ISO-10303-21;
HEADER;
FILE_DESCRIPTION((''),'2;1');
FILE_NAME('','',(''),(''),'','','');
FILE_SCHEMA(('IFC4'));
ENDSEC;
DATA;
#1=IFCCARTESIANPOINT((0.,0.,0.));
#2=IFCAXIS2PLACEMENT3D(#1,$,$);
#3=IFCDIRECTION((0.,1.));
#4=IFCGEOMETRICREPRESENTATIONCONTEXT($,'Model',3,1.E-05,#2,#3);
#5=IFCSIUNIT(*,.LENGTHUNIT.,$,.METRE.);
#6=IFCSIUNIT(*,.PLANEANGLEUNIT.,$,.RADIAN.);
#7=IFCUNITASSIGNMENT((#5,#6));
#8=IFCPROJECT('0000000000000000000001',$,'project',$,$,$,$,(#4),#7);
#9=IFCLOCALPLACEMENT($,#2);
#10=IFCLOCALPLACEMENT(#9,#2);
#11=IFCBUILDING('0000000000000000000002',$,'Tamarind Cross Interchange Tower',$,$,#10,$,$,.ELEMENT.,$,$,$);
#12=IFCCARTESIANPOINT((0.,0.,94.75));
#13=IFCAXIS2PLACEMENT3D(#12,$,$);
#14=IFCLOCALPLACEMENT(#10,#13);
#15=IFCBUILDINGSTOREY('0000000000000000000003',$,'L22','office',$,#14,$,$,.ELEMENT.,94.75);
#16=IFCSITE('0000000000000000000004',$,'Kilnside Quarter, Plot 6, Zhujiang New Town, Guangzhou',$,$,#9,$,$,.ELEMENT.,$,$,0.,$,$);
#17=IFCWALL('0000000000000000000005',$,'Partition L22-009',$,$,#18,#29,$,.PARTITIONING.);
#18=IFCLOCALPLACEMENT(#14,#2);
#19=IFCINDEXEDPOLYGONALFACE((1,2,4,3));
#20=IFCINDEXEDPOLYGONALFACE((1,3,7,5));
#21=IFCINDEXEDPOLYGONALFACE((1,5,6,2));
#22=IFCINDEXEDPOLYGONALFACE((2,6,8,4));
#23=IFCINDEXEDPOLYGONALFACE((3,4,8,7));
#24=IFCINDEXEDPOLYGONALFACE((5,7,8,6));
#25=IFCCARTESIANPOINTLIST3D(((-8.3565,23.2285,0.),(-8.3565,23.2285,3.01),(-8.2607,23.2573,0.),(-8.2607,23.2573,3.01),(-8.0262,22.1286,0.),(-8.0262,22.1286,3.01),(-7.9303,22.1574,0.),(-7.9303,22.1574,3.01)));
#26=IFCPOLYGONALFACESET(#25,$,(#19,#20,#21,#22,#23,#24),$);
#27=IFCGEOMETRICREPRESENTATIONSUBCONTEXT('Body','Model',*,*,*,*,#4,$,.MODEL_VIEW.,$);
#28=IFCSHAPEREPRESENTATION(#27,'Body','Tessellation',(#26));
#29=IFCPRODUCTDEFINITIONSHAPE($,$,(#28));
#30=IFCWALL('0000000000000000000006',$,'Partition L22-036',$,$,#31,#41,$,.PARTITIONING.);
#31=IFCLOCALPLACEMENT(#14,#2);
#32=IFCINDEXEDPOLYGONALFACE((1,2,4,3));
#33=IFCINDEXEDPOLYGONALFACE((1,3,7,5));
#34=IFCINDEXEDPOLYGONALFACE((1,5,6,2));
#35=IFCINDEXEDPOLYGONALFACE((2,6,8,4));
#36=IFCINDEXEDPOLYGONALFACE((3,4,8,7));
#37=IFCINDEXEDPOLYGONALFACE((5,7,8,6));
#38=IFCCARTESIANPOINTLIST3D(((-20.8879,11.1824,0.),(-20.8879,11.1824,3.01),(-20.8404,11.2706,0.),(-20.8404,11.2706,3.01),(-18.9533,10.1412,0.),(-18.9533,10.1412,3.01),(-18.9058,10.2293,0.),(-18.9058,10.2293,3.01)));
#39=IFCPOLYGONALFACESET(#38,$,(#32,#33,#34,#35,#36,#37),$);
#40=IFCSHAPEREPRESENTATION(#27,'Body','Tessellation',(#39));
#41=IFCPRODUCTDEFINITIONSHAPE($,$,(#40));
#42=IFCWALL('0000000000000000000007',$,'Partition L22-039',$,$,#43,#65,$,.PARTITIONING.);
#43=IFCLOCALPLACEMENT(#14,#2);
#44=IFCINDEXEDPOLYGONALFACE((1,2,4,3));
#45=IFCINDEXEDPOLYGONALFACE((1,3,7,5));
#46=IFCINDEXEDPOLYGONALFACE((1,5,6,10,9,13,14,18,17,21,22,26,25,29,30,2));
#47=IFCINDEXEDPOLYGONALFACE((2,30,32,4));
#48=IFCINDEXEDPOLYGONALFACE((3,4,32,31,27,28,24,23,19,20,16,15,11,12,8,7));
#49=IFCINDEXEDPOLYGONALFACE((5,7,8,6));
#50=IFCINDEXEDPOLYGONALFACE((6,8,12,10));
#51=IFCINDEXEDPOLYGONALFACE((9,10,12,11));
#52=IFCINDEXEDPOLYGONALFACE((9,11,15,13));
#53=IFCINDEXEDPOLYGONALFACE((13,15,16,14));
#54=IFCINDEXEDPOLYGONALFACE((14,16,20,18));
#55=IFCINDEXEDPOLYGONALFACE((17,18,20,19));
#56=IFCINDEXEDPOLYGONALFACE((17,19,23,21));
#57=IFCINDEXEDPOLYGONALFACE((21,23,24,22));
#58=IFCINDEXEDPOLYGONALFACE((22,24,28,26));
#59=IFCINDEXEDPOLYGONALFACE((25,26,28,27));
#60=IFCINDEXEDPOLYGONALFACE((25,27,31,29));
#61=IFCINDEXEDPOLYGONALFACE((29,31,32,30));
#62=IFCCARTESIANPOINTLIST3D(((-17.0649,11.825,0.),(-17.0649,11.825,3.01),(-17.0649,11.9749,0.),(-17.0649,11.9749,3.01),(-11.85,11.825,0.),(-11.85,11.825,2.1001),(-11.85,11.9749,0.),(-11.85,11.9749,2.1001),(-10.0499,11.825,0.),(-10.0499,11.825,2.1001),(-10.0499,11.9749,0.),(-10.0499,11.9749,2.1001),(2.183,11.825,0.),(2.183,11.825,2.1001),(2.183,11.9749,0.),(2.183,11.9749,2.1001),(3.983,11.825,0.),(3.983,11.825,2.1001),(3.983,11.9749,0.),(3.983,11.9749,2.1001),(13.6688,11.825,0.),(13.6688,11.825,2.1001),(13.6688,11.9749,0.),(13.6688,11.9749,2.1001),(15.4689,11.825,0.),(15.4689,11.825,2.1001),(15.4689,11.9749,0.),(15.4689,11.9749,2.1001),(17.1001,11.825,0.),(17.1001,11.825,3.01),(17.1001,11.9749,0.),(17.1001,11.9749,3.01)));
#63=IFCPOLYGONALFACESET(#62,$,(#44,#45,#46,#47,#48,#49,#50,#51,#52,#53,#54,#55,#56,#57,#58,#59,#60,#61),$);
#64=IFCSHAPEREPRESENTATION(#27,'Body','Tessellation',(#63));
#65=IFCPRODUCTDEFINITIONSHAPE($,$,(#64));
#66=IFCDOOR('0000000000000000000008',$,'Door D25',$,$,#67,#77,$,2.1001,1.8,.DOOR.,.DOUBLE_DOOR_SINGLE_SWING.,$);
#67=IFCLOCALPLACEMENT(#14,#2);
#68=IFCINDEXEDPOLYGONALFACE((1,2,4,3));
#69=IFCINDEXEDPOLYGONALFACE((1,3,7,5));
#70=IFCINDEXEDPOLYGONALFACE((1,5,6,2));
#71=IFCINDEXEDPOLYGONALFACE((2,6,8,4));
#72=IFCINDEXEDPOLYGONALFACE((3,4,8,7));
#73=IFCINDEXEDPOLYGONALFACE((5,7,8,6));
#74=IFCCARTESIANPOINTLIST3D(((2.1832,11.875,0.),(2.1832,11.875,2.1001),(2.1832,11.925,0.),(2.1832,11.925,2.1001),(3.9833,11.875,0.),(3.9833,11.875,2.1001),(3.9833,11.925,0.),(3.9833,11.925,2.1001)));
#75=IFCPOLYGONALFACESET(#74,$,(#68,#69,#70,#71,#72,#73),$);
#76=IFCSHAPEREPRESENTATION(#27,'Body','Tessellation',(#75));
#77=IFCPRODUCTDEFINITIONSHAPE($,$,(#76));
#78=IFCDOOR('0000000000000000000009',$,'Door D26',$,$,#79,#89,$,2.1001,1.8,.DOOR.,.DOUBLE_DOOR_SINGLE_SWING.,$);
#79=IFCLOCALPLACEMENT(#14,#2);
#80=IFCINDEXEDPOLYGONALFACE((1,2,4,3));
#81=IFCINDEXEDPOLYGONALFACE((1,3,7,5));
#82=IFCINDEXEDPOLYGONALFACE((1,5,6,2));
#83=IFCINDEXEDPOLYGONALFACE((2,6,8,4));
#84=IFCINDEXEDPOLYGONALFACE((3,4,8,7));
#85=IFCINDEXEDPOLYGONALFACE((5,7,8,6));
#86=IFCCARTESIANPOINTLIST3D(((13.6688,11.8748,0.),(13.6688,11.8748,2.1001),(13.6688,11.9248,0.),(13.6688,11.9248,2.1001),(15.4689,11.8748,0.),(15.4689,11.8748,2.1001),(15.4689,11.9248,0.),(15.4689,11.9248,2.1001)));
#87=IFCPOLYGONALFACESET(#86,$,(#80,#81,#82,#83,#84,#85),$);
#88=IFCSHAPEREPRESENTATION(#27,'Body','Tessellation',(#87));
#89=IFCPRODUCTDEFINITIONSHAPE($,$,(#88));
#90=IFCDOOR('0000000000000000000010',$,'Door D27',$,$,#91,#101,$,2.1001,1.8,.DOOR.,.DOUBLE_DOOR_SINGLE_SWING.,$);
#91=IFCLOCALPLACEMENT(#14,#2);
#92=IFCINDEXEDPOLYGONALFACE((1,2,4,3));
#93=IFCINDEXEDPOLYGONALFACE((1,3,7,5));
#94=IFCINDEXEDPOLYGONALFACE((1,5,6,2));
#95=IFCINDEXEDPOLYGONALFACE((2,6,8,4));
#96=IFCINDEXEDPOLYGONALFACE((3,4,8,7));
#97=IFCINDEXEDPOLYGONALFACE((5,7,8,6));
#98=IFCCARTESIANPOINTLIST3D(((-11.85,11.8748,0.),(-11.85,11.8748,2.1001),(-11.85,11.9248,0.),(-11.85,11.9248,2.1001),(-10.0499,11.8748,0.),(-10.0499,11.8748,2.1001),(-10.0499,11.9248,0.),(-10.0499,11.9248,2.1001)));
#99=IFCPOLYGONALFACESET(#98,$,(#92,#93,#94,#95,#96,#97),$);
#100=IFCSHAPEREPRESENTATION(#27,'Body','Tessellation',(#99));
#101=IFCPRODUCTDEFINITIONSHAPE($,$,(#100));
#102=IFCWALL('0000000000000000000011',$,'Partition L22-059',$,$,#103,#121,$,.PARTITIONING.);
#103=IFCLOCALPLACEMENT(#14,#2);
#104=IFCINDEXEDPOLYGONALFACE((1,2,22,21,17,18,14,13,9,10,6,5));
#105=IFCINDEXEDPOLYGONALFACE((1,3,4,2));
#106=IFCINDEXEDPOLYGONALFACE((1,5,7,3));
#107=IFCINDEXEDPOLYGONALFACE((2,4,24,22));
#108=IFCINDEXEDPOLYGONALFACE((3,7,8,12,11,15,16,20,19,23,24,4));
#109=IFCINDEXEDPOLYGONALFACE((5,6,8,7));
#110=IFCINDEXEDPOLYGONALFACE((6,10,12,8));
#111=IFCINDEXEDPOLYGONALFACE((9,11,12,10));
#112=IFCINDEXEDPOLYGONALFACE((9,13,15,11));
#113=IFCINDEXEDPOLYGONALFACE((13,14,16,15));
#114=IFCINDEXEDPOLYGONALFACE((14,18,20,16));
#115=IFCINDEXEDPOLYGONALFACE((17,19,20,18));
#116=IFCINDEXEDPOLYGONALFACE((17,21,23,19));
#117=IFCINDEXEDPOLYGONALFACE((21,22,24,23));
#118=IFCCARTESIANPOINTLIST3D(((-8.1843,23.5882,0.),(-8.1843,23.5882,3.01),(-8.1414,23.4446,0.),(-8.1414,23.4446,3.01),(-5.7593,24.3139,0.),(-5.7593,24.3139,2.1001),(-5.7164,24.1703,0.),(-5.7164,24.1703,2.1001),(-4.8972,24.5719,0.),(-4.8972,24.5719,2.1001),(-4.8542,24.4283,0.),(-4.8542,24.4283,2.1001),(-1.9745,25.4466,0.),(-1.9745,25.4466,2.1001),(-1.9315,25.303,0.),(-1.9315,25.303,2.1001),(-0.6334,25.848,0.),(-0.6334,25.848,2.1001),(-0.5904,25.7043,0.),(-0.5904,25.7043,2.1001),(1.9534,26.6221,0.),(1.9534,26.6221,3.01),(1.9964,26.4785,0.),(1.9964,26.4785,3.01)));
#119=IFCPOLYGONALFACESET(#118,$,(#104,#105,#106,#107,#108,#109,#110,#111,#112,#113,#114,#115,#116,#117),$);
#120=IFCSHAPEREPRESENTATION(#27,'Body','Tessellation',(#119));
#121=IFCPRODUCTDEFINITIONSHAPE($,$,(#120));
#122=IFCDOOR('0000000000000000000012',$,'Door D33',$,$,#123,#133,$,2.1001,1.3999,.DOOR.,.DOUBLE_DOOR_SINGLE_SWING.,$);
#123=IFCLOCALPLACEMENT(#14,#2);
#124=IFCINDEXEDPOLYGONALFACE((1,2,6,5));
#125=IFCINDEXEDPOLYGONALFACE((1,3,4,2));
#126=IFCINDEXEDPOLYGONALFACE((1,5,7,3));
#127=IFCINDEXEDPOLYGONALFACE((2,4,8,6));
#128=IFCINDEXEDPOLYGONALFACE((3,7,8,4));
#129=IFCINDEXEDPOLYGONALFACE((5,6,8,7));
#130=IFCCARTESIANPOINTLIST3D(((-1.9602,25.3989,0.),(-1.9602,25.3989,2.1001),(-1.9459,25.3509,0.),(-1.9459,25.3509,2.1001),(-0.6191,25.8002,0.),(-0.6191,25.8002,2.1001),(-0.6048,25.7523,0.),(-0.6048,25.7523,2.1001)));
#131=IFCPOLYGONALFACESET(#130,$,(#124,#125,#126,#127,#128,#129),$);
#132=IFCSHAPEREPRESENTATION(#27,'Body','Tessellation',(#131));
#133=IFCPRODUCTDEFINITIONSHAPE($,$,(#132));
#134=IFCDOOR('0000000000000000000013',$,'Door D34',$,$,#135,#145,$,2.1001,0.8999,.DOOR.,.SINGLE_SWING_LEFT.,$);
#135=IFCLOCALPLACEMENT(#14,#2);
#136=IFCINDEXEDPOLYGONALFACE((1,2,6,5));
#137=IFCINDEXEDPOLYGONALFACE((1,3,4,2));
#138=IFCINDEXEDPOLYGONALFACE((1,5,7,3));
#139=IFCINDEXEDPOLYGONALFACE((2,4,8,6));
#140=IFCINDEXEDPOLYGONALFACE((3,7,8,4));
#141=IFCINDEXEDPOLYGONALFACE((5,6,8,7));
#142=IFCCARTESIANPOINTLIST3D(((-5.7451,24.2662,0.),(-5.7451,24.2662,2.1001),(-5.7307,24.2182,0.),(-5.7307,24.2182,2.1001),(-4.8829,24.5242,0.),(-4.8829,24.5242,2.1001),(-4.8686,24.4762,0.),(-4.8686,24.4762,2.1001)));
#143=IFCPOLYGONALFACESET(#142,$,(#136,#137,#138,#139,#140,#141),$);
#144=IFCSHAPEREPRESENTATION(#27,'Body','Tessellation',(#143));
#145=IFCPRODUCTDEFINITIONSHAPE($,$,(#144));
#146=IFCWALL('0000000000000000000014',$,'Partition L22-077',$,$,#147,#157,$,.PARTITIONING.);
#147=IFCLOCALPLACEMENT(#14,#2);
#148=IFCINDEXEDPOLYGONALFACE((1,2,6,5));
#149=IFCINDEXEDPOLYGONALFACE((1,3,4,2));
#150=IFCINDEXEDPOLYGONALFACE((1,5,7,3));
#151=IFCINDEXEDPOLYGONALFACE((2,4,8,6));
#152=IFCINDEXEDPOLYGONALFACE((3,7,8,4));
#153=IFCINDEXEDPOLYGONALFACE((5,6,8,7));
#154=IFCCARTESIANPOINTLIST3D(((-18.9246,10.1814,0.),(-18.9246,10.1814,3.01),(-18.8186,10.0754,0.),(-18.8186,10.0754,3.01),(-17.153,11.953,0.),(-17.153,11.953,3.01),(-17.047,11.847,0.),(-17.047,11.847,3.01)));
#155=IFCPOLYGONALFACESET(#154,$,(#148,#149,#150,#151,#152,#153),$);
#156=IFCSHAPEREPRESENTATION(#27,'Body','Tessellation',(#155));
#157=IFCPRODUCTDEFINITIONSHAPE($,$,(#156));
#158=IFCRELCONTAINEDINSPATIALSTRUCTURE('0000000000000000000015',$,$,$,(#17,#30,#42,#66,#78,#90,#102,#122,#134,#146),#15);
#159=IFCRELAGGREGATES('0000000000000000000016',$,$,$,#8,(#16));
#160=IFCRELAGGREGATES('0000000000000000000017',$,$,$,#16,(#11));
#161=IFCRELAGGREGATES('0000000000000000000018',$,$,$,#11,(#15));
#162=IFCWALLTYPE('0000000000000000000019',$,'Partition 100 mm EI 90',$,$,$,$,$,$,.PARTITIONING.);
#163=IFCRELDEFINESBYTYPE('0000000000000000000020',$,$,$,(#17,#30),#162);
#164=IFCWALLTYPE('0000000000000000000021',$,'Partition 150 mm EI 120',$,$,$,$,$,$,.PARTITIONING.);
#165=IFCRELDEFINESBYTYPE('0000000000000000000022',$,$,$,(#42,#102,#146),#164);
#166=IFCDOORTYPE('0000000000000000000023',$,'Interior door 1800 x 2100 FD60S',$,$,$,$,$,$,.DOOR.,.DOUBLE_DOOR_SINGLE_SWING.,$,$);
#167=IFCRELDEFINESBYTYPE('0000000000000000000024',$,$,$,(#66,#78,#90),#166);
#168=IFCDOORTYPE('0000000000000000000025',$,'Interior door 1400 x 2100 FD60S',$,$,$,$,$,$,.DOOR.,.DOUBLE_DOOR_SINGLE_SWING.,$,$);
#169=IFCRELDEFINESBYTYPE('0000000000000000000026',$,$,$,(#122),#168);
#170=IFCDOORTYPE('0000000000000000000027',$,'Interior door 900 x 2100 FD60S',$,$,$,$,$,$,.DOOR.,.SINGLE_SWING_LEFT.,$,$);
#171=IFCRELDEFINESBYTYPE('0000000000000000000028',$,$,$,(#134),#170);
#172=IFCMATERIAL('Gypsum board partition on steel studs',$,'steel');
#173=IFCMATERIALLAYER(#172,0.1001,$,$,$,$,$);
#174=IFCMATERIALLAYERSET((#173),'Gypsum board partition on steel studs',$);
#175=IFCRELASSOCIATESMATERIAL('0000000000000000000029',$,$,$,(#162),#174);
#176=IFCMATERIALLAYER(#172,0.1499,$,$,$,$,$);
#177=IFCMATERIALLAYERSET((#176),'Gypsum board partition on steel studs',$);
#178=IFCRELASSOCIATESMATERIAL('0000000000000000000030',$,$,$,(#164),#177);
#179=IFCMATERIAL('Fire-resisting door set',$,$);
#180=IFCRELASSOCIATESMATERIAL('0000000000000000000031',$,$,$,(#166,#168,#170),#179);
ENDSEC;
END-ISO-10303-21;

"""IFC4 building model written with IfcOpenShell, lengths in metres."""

from ifc_helpers import new_model, si_unit, direction, frame, frame_2d, origin, place, context, subcontext, project, spatial, rectangle, extrude, material, layer, layer_set, type_object, element, fill, save


model = new_model("IFC4")

# Units and contexts
model_context = context("Model", 3, precision=1e-05, world=origin(), true_north=direction((0.0, 1.0)))
body_context = subcontext(model_context, "Body", "Model", "MODEL_VIEW")
ifc_project = project(units=[si_unit("LENGTHUNIT", "METRE"), si_unit("PLANEANGLEUNIT", "RADIAN")], contexts=[model_context])

# Site, building, storey
site_placement = place(None, origin())
site = spatial("IfcSite", under=ifc_project, at=site_placement, Name="Kilnside Quarter, Plot 6, Zhujiang New Town, Guangzhou", CompositionType="ELEMENT", RefElevation=0.0)
building_placement = place(site_placement, origin())
building = spatial("IfcBuilding", under=site, at=building_placement, Name="Tamarind Cross Interchange Tower", CompositionType="ELEMENT")
storey_placement = place(building_placement, frame((0.0, 0.0, 94.75)))
storey = spatial("IfcBuildingStorey", under=building, at=storey_placement, Name="L22", Description="office", CompositionType="ELEMENT", Elevation=94.75)

# Walls
ifc_material_1 = material(Name="Gypsum board partition on steel studs", Category="steel")
ifc_layer_1 = layer(ifc_material_1, 0.1001)
ifc_layer_set_1 = layer_set([ifc_layer_1], Name="Gypsum board partition on steel studs")
wall_type_1 = type_object("IfcWallType", Name="Partition 100 mm EI 90", PredefinedType="PARTITIONING", material=ifc_layer_set_1)
wall_1_placement = place(storey_placement, frame((-8.3086, 23.2429, 0.0), z_axis=(0.0, 0.0, 1.0), x_axis=(0.28764, -0.957738, 0.0)))
element("IfcWall", 1, at=wall_1_placement, inside=storey, type_object=wall_type_1, Name="Partition L22-009", PredefinedType="PARTITIONING", context=body_context, shape_type="SweptSolid", body=[
    extrude(rectangle(XDim=1.1484, YDim=0.1001, at=frame_2d((0.5742, 0.0))), origin(), (0.0, 0.0, 1.0), 3.01),
])
wall_2_placement = place(storey_placement, frame((-20.8643, 11.2266, 0.0), z_axis=(0.0, 0.0, 1.0), x_axis=(0.880553, -0.473947, 0.0)))
element("IfcWall", 2, at=wall_2_placement, inside=storey, type_object=wall_type_1, Name="Partition L22-036", PredefinedType="PARTITIONING", context=body_context, shape_type="SweptSolid", body=[
    extrude(rectangle(XDim=2.197, YDim=0.1001, at=frame_2d((1.0986, 0.0))), origin(), (0.0, 0.0, 1.0), 3.01),
])

# Walls, openings, doors
ifc_layer_2 = layer(ifc_material_1, 0.1499)
ifc_layer_set_2 = layer_set([ifc_layer_2], Name="Gypsum board partition on steel studs")
wall_type_2 = type_object("IfcWallType", Name="Partition 150 mm EI 120", PredefinedType="PARTITIONING", material=ifc_layer_set_2)
wall_3_placement = place(storey_placement, frame((-17.0649, 11.8999, 0.0), z_axis=(0.0, 0.0, 1.0), x_axis=(1.0, 0.0, 0.0)))
wall_3 = element("IfcWall", 3, at=wall_3_placement, inside=storey, type_object=wall_type_2, Name="Partition L22-039", PredefinedType="PARTITIONING", context=body_context, shape_type="SweptSolid", body=[
    extrude(rectangle(XDim=34.165, YDim=0.1499, at=frame_2d((17.0825, 0.0))), origin(), (0.0, 0.0, 1.0), 3.01),
])
opening_1_placement = place(wall_3_placement, frame((19.248, 0.0, 0.0)))
opening_1 = element("IfcOpeningElement", 4, at=opening_1_placement, cuts=wall_3, PredefinedType="OPENING", context=body_context, shape_type="SweptSolid", body=[
    extrude(rectangle(XDim=1.8, YDim=2.1001, at=frame_2d((0.8999, 1.05))), frame((0.0, 0.085, 0.0), z_axis=(0.0, -1.0, 0.0), x_axis=(1.0, 0.0, 0.0)), (0.0, 0.0, 1.0), 0.1699),
])
opening_2_placement = place(wall_3_placement, frame((30.7339, 0.0, 0.0)))
opening_2 = element("IfcOpeningElement", 5, at=opening_2_placement, cuts=wall_3, PredefinedType="OPENING", context=body_context, shape_type="SweptSolid", body=[
    extrude(rectangle(XDim=1.8, YDim=2.1001, at=frame_2d((0.8999, 1.05))), frame((0.0, 0.085, 0.0), z_axis=(0.0, -1.0, 0.0), x_axis=(1.0, 0.0, 0.0)), (0.0, 0.0, 1.0), 0.1699),
])
opening_3_placement = place(wall_3_placement, frame((5.2151, 0.0, 0.0)))
opening_3 = element("IfcOpeningElement", 6, at=opening_3_placement, cuts=wall_3, PredefinedType="OPENING", context=body_context, shape_type="SweptSolid", body=[
    extrude(rectangle(XDim=1.8, YDim=2.1001, at=frame_2d((0.8999, 1.05))), frame((0.0, 0.085, 0.0), z_axis=(0.0, -1.0, 0.0), x_axis=(1.0, 0.0, 0.0)), (0.0, 0.0, 1.0), 0.1699),
])
ifc_material_2 = material(Name="Fire-resisting door set")
door_type_1 = type_object("IfcDoorType", Name="Interior door 1800 x 2100 FD60S", OperationType="DOUBLE_DOOR_SINGLE_SWING", PredefinedType="DOOR", material=ifc_material_2)
door_1_placement = place(opening_1_placement, frame((1.8, 0.0, 0.0), z_axis=(0.0, 0.0, 1.0), x_axis=(-1.0, 0.0, 0.0)))
door_1 = element("IfcDoor", 7, at=door_1_placement, inside=storey, type_object=door_type_1, Name="Door D25", OperationType="DOUBLE_DOOR_SINGLE_SWING", OverallHeight=2.1001, OverallWidth=1.8, PredefinedType="DOOR", context=body_context, shape_type="SweptSolid", body=[
    extrude(rectangle(XDim=1.8, YDim=2.1001, at=frame_2d((0.8999, 1.05))), frame((0.0, 0.0249, 0.0), z_axis=(0.0, -1.0, 0.0), x_axis=(1.0, 0.0, 0.0)), (0.0, 0.0, 1.0), 0.05),
])
fill(opening_1, door_1)
door_2_placement = place(opening_2_placement, origin())
door_2 = element("IfcDoor", 8, at=door_2_placement, inside=storey, type_object=door_type_1, Name="Door D26", OperationType="DOUBLE_DOOR_SINGLE_SWING", OverallHeight=2.1001, OverallWidth=1.8, PredefinedType="DOOR", context=body_context, shape_type="SweptSolid", body=[
    extrude(rectangle(XDim=1.8, YDim=2.1001, at=frame_2d((0.8999, 1.05))), frame((0.0, 0.0249, 0.0), z_axis=(0.0, -1.0, 0.0), x_axis=(1.0, 0.0, 0.0)), (0.0, 0.0, 1.0), 0.05),
])
fill(opening_2, door_2)
door_3_placement = place(opening_3_placement, origin())
door_3 = element("IfcDoor", 9, at=door_3_placement, inside=storey, type_object=door_type_1, Name="Door D27", OperationType="DOUBLE_DOOR_SINGLE_SWING", OverallHeight=2.1001, OverallWidth=1.8, PredefinedType="DOOR", context=body_context, shape_type="SweptSolid", body=[
    extrude(rectangle(XDim=1.8, YDim=2.1001, at=frame_2d((0.8999, 1.05))), frame((0.0, 0.0249, 0.0), z_axis=(0.0, -1.0, 0.0), x_axis=(1.0, 0.0, 0.0)), (0.0, 0.0, 1.0), 0.05),
])
fill(opening_3, door_3)
wall_4_placement = place(storey_placement, frame((-8.1628, 23.5164, 0.0), z_axis=(0.0, 0.0, 1.0), x_axis=(0.958018, 0.286709, 0.0)))
wall_4 = element("IfcWall", 10, at=wall_4_placement, inside=storey, type_object=wall_type_2, Name="Partition L22-059", PredefinedType="PARTITIONING", context=body_context, shape_type="SweptSolid", body=[
    extrude(rectangle(XDim=10.582, YDim=0.1499, at=frame_2d((5.291, 0.0))), origin(), (0.0, 0.0, 1.0), 3.01),
])
opening_4_placement = place(wall_4_placement, frame((6.4819, 0.0, 0.0)))
opening_4 = element("IfcOpeningElement", 11, at=opening_4_placement, cuts=wall_4, PredefinedType="OPENING", context=body_context, shape_type="SweptSolid", body=[
    extrude(rectangle(XDim=1.3999, YDim=2.1001, at=frame_2d((0.7, 1.05))), frame((0.0, 0.085, 0.0), z_axis=(0.0, -1.0, 0.0), x_axis=(1.0, 0.0, 0.0)), (0.0, 0.0, 1.0), 0.1699),
])
opening_5_placement = place(wall_4_placement, frame((2.5312, 0.0, 0.0)))
opening_5 = element("IfcOpeningElement", 12, at=opening_5_placement, cuts=wall_4, PredefinedType="OPENING", context=body_context, shape_type="SweptSolid", body=[
    extrude(rectangle(XDim=0.8999, YDim=2.1001, at=frame_2d((0.45, 1.05))), frame((0.0, 0.085, 0.0), z_axis=(0.0, -1.0, 0.0), x_axis=(1.0, 0.0, 0.0)), (0.0, 0.0, 1.0), 0.1699),
])
door_type_2 = type_object("IfcDoorType", Name="Interior door 1400 x 2100 FD60S", OperationType="DOUBLE_DOOR_SINGLE_SWING", PredefinedType="DOOR", material=ifc_material_2)
door_4_placement = place(opening_4_placement, frame((1.3999, 0.0, 0.0), z_axis=(0.0, 0.0, 1.0), x_axis=(-1.0, 0.0, 0.0)))
door_4 = element("IfcDoor", 13, at=door_4_placement, inside=storey, type_object=door_type_2, Name="Door D33", OperationType="DOUBLE_DOOR_SINGLE_SWING", OverallHeight=2.1001, OverallWidth=1.3999, PredefinedType="DOOR", context=body_context, shape_type="SweptSolid", body=[
    extrude(rectangle(XDim=1.3999, YDim=2.1001, at=frame_2d((0.7, 1.05))), frame((0.0, 0.0249, 0.0), z_axis=(0.0, -1.0, 0.0), x_axis=(1.0, 0.0, 0.0)), (0.0, 0.0, 1.0), 0.05),
])
fill(opening_4, door_4)
door_type_3 = type_object("IfcDoorType", Name="Interior door 900 x 2100 FD60S", OperationType="SINGLE_SWING_LEFT", PredefinedType="DOOR", material=ifc_material_2)
door_5_placement = place(opening_5_placement, frame((0.8999, 0.0, 0.0), z_axis=(0.0, 0.0, 1.0), x_axis=(-1.0, 0.0, 0.0)))
door_5 = element("IfcDoor", 14, at=door_5_placement, inside=storey, type_object=door_type_3, Name="Door D34", OperationType="SINGLE_SWING_LEFT", OverallHeight=2.1001, OverallWidth=0.8999, PredefinedType="DOOR", context=body_context, shape_type="SweptSolid", body=[
    extrude(rectangle(XDim=0.8999, YDim=2.1001, at=frame_2d((0.45, 1.05))), frame((0.0, 0.0249, 0.0), z_axis=(0.0, -1.0, 0.0), x_axis=(1.0, 0.0, 0.0)), (0.0, 0.0, 1.0), 0.05),
])
fill(opening_5, door_5)

# Wall
wall_5_placement = place(storey_placement, frame((-18.8716, 10.1284, 0.0), z_axis=(0.0, 0.0, 1.0), x_axis=(0.707107, 0.707107, 0.0)))
element("IfcWall", 15, at=wall_5_placement, inside=storey, type_object=wall_type_2, Name="Partition L22-077", PredefinedType="PARTITIONING", context=body_context, shape_type="SweptSolid", body=[
    extrude(rectangle(XDim=2.5054, YDim=0.1499, at=frame_2d((1.2527, 0.0))), origin(), (0.0, 0.0, 1.0), 3.01),
])

save(model, "model.ifc")
